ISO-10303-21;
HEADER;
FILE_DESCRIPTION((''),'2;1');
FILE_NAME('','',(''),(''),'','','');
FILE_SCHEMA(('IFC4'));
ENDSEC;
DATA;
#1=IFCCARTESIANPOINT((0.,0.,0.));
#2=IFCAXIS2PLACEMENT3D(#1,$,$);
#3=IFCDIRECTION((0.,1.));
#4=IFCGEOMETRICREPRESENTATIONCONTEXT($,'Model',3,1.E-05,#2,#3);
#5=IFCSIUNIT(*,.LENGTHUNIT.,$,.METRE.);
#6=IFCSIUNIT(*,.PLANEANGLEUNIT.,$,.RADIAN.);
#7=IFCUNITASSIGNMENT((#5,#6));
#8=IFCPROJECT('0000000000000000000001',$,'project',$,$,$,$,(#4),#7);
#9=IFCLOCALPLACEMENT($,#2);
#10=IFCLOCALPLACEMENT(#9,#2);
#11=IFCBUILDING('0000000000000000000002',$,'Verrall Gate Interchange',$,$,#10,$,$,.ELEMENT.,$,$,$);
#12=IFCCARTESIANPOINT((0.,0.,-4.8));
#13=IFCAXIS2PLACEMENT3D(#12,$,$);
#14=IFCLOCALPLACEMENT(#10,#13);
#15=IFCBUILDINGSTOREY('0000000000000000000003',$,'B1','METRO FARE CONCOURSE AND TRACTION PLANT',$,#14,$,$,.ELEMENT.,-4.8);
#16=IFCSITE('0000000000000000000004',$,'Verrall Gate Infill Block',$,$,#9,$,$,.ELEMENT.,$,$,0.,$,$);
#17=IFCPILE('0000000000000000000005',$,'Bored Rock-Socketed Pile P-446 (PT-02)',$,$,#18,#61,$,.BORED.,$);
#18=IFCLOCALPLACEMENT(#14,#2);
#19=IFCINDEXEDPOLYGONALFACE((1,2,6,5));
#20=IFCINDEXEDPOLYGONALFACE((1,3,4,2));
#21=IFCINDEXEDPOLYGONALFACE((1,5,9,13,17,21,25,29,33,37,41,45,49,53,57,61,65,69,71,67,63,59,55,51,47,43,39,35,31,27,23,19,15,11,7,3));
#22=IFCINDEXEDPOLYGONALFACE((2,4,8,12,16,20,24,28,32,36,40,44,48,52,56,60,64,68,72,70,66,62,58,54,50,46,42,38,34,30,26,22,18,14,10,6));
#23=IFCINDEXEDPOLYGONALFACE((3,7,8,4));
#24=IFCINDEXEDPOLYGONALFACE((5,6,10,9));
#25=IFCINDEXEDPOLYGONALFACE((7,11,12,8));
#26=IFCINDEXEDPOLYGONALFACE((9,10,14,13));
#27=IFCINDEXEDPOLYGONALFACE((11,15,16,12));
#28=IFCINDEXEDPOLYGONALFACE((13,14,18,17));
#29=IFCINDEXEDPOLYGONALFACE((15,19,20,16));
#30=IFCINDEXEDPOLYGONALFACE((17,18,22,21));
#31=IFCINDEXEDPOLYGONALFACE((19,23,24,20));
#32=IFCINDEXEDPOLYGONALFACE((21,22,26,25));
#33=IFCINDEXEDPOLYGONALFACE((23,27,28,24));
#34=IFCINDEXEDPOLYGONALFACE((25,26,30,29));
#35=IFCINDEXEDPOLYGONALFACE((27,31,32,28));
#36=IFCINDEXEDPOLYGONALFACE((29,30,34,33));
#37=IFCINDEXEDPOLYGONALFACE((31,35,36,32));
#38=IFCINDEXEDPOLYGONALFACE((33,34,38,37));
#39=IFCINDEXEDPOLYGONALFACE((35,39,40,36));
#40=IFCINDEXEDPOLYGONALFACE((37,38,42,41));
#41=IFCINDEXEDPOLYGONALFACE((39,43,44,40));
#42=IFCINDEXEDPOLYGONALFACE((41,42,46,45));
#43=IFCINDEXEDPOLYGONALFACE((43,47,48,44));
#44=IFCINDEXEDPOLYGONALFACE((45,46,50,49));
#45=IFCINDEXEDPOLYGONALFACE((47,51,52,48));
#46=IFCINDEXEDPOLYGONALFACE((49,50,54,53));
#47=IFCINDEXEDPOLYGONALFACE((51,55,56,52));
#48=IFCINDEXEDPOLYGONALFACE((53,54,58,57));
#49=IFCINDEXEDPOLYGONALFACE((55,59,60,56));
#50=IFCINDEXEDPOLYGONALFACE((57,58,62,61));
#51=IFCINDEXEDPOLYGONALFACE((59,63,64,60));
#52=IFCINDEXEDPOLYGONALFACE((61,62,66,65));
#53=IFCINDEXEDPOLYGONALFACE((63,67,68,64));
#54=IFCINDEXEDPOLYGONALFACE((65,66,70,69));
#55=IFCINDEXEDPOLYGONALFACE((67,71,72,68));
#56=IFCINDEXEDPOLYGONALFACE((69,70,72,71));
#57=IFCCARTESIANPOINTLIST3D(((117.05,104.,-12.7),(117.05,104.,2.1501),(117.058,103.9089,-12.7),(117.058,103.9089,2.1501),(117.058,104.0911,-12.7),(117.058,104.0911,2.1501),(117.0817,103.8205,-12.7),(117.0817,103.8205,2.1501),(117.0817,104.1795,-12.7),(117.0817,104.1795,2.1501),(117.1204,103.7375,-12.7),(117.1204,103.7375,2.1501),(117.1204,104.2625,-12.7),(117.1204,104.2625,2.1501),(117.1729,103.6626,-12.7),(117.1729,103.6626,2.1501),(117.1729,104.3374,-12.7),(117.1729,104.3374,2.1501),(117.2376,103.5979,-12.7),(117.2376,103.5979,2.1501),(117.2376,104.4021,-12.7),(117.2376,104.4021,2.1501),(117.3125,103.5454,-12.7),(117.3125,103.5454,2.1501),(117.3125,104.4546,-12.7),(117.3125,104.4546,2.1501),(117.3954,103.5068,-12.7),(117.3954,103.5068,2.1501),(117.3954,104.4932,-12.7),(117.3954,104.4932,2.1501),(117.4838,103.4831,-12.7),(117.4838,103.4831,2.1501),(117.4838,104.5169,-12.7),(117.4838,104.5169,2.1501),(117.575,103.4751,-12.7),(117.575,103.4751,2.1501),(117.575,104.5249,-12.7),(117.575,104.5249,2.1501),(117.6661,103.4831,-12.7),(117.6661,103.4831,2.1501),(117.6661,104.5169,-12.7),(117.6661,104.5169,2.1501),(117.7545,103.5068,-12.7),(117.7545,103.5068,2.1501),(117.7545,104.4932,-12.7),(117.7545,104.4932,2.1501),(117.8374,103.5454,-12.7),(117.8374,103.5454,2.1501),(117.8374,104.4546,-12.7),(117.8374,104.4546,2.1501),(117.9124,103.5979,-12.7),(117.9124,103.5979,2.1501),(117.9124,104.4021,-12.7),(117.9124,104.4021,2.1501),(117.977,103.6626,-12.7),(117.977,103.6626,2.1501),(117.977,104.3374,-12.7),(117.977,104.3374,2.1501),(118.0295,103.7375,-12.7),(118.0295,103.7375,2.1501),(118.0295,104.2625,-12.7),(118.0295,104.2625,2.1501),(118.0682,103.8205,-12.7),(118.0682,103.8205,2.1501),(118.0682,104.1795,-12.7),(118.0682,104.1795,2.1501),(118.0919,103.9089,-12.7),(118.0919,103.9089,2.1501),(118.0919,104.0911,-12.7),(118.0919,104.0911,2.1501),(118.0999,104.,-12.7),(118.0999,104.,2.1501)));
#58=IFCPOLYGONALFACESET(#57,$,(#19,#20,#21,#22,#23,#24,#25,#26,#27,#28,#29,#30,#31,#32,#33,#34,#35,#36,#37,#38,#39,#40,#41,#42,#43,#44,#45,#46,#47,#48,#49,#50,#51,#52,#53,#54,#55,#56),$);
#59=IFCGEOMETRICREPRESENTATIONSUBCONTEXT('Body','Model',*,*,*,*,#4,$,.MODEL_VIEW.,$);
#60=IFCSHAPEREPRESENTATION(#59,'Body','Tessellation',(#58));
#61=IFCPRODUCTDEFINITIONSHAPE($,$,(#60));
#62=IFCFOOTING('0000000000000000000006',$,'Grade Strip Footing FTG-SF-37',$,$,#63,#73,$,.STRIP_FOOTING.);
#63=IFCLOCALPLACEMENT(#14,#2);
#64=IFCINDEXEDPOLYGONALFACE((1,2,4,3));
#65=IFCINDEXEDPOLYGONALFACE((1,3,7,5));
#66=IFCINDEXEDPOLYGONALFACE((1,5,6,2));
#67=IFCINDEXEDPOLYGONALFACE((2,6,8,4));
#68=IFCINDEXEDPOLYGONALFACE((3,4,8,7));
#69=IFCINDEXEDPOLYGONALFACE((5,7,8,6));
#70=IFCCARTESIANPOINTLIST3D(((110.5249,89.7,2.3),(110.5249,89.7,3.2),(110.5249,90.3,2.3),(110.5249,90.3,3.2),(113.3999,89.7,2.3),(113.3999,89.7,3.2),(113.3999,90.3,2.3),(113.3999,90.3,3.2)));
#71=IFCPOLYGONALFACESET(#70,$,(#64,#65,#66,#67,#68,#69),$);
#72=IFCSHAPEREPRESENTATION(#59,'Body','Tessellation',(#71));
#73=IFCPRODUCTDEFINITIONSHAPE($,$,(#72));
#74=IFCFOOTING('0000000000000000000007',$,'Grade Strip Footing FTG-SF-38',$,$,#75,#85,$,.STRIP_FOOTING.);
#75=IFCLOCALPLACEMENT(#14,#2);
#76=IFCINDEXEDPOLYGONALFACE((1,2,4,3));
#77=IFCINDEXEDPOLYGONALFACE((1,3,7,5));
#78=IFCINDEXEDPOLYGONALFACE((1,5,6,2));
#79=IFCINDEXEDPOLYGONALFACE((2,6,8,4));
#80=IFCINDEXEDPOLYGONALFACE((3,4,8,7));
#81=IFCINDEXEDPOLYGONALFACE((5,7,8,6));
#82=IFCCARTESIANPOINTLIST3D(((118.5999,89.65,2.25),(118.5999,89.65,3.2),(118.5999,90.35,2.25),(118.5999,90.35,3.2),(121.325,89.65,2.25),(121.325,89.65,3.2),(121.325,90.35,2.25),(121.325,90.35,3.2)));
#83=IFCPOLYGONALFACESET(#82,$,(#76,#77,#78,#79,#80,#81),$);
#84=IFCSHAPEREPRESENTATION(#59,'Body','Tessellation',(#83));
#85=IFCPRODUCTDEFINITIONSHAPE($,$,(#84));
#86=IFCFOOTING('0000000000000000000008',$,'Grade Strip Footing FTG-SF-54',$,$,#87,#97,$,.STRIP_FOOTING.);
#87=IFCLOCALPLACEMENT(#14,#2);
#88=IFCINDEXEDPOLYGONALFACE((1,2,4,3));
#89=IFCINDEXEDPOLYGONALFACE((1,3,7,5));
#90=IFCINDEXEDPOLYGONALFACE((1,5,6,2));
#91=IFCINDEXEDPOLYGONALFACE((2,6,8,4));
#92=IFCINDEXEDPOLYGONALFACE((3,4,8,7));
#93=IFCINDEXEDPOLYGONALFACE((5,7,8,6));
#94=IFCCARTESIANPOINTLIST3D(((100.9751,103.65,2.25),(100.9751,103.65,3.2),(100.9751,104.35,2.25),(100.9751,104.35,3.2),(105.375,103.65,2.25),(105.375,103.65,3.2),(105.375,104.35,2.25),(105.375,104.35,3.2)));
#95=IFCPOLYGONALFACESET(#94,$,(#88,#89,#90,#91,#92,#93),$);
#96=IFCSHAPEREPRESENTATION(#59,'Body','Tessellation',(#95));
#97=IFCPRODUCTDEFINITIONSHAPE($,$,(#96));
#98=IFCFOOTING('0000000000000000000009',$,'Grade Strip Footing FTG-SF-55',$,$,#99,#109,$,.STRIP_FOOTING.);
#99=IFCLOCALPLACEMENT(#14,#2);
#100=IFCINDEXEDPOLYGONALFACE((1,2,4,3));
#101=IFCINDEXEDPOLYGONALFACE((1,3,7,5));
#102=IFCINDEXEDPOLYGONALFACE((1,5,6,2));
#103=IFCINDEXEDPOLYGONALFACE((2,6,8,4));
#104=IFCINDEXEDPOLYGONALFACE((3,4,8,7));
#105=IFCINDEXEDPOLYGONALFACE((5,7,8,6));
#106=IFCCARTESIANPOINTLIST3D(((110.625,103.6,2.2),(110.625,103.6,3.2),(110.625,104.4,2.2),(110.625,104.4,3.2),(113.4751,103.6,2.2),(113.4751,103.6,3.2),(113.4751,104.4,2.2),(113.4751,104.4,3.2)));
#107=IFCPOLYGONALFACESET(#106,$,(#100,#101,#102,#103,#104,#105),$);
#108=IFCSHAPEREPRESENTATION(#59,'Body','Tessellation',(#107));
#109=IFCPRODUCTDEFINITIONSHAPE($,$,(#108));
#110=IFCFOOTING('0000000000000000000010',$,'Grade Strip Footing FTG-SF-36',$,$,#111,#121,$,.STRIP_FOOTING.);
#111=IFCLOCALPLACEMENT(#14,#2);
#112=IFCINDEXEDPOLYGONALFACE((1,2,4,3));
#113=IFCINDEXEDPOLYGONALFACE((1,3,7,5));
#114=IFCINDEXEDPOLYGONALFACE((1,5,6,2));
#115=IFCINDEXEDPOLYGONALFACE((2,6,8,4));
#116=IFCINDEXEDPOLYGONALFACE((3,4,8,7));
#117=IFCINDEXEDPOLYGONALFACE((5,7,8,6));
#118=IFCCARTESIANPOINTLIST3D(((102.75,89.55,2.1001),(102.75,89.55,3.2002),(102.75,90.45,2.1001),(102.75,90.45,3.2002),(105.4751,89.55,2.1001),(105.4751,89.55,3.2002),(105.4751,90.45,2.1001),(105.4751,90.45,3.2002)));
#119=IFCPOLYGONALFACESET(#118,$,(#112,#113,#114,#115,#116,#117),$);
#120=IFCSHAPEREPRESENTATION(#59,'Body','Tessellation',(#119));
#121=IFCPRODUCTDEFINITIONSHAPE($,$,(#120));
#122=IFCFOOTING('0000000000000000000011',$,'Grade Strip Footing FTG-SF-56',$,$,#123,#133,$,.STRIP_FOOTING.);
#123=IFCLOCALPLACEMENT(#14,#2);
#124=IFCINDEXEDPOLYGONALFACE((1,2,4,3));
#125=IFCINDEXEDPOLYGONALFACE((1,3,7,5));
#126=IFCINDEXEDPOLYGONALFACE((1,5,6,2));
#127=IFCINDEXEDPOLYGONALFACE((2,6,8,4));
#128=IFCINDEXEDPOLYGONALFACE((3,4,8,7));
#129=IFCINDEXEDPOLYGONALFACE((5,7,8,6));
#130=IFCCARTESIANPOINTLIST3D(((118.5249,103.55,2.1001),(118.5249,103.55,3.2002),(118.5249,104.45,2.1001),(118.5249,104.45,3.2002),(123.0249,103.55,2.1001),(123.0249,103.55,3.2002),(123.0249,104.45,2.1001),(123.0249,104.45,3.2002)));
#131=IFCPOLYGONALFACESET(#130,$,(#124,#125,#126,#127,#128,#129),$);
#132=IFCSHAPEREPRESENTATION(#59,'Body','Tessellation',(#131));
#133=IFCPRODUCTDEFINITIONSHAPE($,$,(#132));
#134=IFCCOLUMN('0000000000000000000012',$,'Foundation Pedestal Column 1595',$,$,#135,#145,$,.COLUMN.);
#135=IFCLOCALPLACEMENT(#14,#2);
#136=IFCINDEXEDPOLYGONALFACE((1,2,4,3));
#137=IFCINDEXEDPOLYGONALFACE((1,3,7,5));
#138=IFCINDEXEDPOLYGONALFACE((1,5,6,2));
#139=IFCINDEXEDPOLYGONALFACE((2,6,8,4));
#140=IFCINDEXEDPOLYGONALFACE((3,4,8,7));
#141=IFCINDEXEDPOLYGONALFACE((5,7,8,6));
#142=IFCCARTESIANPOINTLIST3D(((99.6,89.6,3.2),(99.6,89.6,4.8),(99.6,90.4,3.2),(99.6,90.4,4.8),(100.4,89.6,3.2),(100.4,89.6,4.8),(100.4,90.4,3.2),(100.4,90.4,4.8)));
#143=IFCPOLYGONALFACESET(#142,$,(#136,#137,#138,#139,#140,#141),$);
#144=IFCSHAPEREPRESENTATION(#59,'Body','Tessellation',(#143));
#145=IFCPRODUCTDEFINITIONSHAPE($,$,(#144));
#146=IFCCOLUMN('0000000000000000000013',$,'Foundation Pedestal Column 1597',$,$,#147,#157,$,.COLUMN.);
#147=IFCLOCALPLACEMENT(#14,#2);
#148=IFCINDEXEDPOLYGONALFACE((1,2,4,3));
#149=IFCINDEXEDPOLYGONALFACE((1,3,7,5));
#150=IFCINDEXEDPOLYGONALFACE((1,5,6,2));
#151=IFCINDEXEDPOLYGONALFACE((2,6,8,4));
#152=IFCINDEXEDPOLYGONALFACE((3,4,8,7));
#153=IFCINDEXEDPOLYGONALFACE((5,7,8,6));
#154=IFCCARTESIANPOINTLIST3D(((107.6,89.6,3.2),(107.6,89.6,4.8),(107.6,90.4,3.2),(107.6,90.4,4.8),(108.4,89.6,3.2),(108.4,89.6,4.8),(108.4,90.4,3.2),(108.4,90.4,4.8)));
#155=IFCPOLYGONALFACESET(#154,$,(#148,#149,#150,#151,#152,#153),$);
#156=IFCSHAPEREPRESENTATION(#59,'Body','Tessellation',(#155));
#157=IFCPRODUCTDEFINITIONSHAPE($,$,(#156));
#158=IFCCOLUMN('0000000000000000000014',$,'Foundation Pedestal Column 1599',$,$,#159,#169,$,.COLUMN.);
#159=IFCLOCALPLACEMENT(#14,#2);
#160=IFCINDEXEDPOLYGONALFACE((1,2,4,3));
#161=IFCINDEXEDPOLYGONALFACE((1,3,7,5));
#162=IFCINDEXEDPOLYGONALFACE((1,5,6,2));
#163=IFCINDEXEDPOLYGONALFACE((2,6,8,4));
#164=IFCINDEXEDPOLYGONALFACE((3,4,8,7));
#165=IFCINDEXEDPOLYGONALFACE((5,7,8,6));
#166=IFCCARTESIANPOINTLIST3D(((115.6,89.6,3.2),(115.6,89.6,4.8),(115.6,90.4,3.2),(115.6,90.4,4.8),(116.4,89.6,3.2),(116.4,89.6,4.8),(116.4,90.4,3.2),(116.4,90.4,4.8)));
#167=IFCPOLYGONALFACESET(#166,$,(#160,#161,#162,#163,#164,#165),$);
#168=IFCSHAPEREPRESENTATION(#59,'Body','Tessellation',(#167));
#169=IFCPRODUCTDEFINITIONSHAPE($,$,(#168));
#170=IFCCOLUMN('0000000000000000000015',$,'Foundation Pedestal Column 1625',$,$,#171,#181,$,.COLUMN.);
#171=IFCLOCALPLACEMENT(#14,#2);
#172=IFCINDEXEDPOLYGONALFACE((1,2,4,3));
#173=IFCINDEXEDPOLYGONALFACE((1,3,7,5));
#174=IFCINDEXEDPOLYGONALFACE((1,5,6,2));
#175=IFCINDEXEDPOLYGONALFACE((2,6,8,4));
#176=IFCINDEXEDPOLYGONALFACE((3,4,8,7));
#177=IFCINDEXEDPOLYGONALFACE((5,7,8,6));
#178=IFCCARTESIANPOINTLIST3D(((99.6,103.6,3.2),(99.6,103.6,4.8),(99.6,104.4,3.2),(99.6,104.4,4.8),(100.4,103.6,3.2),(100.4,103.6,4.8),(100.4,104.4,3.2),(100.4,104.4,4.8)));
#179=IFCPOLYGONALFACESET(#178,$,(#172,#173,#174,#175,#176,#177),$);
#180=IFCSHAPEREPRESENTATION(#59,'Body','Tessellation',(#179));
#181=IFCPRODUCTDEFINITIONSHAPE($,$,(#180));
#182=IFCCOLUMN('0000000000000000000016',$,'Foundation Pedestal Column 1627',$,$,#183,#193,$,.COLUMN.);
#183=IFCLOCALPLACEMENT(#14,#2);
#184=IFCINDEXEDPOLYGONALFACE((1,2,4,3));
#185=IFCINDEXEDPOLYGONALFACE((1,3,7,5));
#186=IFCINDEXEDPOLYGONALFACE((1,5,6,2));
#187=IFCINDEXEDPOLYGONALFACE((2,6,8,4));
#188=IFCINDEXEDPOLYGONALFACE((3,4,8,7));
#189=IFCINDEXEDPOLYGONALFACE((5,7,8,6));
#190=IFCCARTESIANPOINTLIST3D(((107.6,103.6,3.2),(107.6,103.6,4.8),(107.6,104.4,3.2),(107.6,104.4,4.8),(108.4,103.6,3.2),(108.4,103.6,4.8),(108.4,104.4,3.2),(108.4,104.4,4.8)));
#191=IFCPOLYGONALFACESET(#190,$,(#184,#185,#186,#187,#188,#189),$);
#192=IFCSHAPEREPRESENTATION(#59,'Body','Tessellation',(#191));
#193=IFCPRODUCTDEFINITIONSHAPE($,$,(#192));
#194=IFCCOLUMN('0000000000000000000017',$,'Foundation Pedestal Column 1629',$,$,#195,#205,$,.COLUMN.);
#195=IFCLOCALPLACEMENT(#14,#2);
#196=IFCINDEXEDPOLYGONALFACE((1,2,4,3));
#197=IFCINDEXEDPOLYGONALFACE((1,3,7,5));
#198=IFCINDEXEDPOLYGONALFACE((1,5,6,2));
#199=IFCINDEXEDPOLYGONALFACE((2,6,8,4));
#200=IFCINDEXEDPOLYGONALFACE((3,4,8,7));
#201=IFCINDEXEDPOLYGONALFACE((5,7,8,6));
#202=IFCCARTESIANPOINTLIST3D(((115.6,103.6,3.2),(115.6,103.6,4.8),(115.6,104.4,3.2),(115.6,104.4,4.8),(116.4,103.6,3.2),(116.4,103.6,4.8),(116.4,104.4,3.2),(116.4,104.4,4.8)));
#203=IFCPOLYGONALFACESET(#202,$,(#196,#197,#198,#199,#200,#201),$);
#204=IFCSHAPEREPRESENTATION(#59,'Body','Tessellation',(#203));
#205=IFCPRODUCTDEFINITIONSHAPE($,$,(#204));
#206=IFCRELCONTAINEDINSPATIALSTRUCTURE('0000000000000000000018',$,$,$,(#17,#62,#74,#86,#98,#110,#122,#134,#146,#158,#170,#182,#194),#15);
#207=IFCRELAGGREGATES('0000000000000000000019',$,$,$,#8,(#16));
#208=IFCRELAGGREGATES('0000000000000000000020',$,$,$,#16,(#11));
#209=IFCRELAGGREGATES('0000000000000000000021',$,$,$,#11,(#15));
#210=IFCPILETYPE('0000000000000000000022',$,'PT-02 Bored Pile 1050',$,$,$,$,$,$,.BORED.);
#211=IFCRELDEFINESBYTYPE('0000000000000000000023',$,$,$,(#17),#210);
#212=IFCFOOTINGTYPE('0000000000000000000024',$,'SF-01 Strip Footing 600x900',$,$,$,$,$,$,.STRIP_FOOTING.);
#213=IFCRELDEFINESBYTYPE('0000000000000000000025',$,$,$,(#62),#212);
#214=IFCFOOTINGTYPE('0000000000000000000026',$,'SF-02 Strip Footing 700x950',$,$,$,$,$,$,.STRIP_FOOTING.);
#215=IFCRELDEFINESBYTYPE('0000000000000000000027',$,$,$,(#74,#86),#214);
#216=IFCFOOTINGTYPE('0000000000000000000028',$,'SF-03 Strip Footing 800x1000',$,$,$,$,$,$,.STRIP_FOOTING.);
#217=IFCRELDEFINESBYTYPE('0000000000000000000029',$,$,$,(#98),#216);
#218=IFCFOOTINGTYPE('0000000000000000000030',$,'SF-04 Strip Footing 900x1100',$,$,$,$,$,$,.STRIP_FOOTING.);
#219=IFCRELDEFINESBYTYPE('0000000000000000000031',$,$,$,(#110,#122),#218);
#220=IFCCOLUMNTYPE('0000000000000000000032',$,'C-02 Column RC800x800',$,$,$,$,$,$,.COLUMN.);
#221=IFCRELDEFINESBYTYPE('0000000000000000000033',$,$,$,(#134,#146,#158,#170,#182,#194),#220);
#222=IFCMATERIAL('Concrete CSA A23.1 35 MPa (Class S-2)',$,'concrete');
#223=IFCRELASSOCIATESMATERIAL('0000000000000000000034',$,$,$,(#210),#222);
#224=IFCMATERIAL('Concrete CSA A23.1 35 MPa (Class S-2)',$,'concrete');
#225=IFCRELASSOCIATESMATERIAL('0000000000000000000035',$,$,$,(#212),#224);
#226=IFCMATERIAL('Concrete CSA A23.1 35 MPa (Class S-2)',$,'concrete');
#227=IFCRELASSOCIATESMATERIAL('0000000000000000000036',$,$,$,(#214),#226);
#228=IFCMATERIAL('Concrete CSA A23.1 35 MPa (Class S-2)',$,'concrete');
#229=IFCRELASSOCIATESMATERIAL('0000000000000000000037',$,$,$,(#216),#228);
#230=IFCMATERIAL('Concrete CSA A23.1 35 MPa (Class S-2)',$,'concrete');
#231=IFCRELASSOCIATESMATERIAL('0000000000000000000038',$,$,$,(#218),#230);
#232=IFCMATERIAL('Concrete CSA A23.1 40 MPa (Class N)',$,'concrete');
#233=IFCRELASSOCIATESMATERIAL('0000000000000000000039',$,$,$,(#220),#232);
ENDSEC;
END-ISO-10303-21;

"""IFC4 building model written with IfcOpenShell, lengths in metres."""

from ifc_helpers import new_model, si_unit, direction, frame, origin, origin_2d, place, context, subcontext, project, spatial, rectangle, circle, extrude, material, material_profile, profile_set, type_object, element, save


model = new_model("IFC4")

# Units and contexts
model_context = context("Model", 3, precision=1e-05, world=origin(), true_north=direction((0.0, 1.0)))
body_context = subcontext(model_context, "Body", "Model", "MODEL_VIEW")
ifc_project = project(units=[si_unit("LENGTHUNIT", "METRE"), si_unit("PLANEANGLEUNIT", "RADIAN")], contexts=[model_context])

# Site, building, storey
site_placement = place(None, origin())
site = spatial("IfcSite", under=ifc_project, at=site_placement, Name="Verrall Gate Infill Block", CompositionType="ELEMENT", RefElevation=0.0)
building_placement = place(site_placement, origin())
building = spatial("IfcBuilding", under=site, at=building_placement, Name="Verrall Gate Interchange", CompositionType="ELEMENT")
storey_placement = place(building_placement, frame((0.0, 0.0, -4.8)))
storey = spatial("IfcBuildingStorey", under=building, at=storey_placement, Name="B1", Description="METRO FARE CONCOURSE AND TRACTION PLANT", CompositionType="ELEMENT", Elevation=-4.8)

# Pile
ifc_material_1 = material(Name="Concrete CSA A23.1 35 MPa (Class S-2)", Category="concrete")
ifc_material_profile_1 = material_profile(ifc_material_1, circle(Radius=0.5249, at=origin_2d()), Name="PILE1050D")
ifc_profile_set_1 = profile_set([ifc_material_profile_1], Name="Concrete CSA A23.1 35 MPa (Class S-2)")
pile_type = type_object("IfcPileType", Name="PT-02 Bored Pile 1050", PredefinedType="BORED", material=ifc_profile_set_1)
for number, where, z_axis, x_axis, name in (
    (1, (117.575, 104.0, 2.1501), (0.0, 0.0, -1.0), (1.0, 0.0, 0.0), "Bored Rock-Socketed Pile P-446 (PT-02)"),
):
    element("IfcPile", number, at=place(storey_placement, frame(where, z_axis=z_axis, x_axis=x_axis)), inside=storey, type_object=pile_type, Name=name, PredefinedType="BORED", context=body_context, shape_type="SweptSolid", body=[
        extrude(circle(Radius=0.5249, at=origin_2d()), origin(), (0.0, 0.0, 1.0), 14.8501),
    ])

# Footings
ifc_material_2 = material(Name="Concrete CSA A23.1 35 MPa (Class S-2)", Category="concrete")
footing_type_1 = type_object("IfcFootingType", Name="SF-01 Strip Footing 600x900", PredefinedType="STRIP_FOOTING", material=ifc_material_2)
footing_1_placement = place(storey_placement, frame((111.9624, 90.0, 2.3), z_axis=(0.0, 0.0, 1.0), x_axis=(1.0, 0.0, 0.0)))
element("IfcFooting", 2, at=footing_1_placement, inside=storey, type_object=footing_type_1, Name="Grade Strip Footing FTG-SF-37", PredefinedType="STRIP_FOOTING", context=body_context, shape_type="SweptSolid", body=[
    extrude(rectangle(XDim=2.875, YDim=0.6001, at=origin_2d()), origin(), (0.0, 0.0, 1.0), 0.8999),
])
ifc_material_3 = material(Name="Concrete CSA A23.1 35 MPa (Class S-2)", Category="concrete")
footing_type_2 = type_object("IfcFootingType", Name="SF-02 Strip Footing 700x950", PredefinedType="STRIP_FOOTING", material=ifc_material_3)
footing_2_placement = place(storey_placement, frame((119.9624, 90.0, 2.25), z_axis=(0.0, 0.0, 1.0), x_axis=(1.0, 0.0, 0.0)))
element("IfcFooting", 3, at=footing_2_placement, inside=storey, type_object=footing_type_2, Name="Grade Strip Footing FTG-SF-38", PredefinedType="STRIP_FOOTING", context=body_context, shape_type="SweptSolid", body=[
    extrude(rectangle(XDim=2.7251, YDim=0.7, at=origin_2d()), origin(), (0.0, 0.0, 1.0), 0.95),
])
footing_3_placement = place(storey_placement, frame((103.175, 104.0, 2.25), z_axis=(0.0, 0.0, 1.0), x_axis=(1.0, 0.0, 0.0)))
element("IfcFooting", 4, at=footing_3_placement, inside=storey, type_object=footing_type_2, Name="Grade Strip Footing FTG-SF-54", PredefinedType="STRIP_FOOTING", context=body_context, shape_type="SweptSolid", body=[
    extrude(rectangle(XDim=4.3999, YDim=0.7, at=origin_2d()), origin(), (0.0, 0.0, 1.0), 0.95),
])
ifc_material_4 = material(Name="Concrete CSA A23.1 35 MPa (Class S-2)", Category="concrete")
footing_type_3 = type_object("IfcFootingType", Name="SF-03 Strip Footing 800x1000", PredefinedType="STRIP_FOOTING", material=ifc_material_4)
footing_4_placement = place(storey_placement, frame((112.05, 104.0, 2.2), z_axis=(0.0, 0.0, 1.0), x_axis=(1.0, 0.0, 0.0)))
element("IfcFooting", 5, at=footing_4_placement, inside=storey, type_object=footing_type_3, Name="Grade Strip Footing FTG-SF-55", PredefinedType="STRIP_FOOTING", context=body_context, shape_type="SweptSolid", body=[
    extrude(rectangle(XDim=2.8501, YDim=0.8, at=origin_2d()), origin(), (0.0, 0.0, 1.0), 1.0),
])
ifc_material_5 = material(Name="Concrete CSA A23.1 35 MPa (Class S-2)", Category="concrete")
footing_type_4 = type_object("IfcFootingType", Name="SF-04 Strip Footing 900x1100", PredefinedType="STRIP_FOOTING", material=ifc_material_5)
footing_5_placement = place(storey_placement, frame((104.1125, 90.0, 2.1001), z_axis=(0.0, 0.0, 1.0), x_axis=(1.0, 0.0, 0.0)))
element("IfcFooting", 6, at=footing_5_placement, inside=storey, type_object=footing_type_4, Name="Grade Strip Footing FTG-SF-36", PredefinedType="STRIP_FOOTING", context=body_context, shape_type="SweptSolid", body=[
    extrude(rectangle(XDim=2.7251, YDim=0.8999, at=origin_2d()), origin(), (0.0, 0.0, 1.0), 1.1001),
])
footing_6_placement = place(storey_placement, frame((120.7749, 104.0, 2.1001), z_axis=(0.0, 0.0, 1.0), x_axis=(1.0, 0.0, 0.0)))
element("IfcFooting", 7, at=footing_6_placement, inside=storey, type_object=footing_type_4, Name="Grade Strip Footing FTG-SF-56", PredefinedType="STRIP_FOOTING", context=body_context, shape_type="SweptSolid", body=[
    extrude(rectangle(XDim=4.5, YDim=0.8999, at=origin_2d()), origin(), (0.0, 0.0, 1.0), 1.1001),
])

# Columns
ifc_material_6 = material(Name="Concrete CSA A23.1 40 MPa (Class N)", Category="concrete")
ifc_material_profile_2 = material_profile(ifc_material_6, rectangle(XDim=0.8, YDim=0.8, at=origin_2d()), Name="RC800x800")
ifc_profile_set_2 = profile_set([ifc_material_profile_2], Name="Concrete CSA A23.1 40 MPa (Class N)")
column_type = type_object("IfcColumnType", Name="C-02 Column RC800x800", PredefinedType="COLUMN", material=ifc_profile_set_2)
for number, where, z_axis, x_axis, name in (
    (8, (100.0, 90.0, 3.2), (0.0, 0.0, 1.0), (1.0, 0.0, 0.0), "Foundation Pedestal Column 1595"),
    (9, (108.0, 90.0, 3.2), (0.0, 0.0, 1.0), (1.0, 0.0, 0.0), "Foundation Pedestal Column 1597"),
    (10, (116.0, 90.0, 3.2), (0.0, 0.0, 1.0), (1.0, 0.0, 0.0), "Foundation Pedestal Column 1599"),
    (11, (100.0, 104.0, 3.2), (0.0, 0.0, 1.0), (1.0, 0.0, 0.0), "Foundation Pedestal Column 1625"),
    (12, (108.0, 104.0, 3.2), (0.0, 0.0, 1.0), (1.0, 0.0, 0.0), "Foundation Pedestal Column 1627"),
    (13, (116.0, 104.0, 3.2), (0.0, 0.0, 1.0), (1.0, 0.0, 0.0), "Foundation Pedestal Column 1629"),
):
    element("IfcColumn", number, at=place(storey_placement, frame(where, z_axis=z_axis, x_axis=x_axis)), inside=storey, type_object=column_type, Name=name, PredefinedType="COLUMN", context=body_context, shape_type="SweptSolid", body=[
        extrude(rectangle(XDim=0.8, YDim=0.8, at=origin_2d()), origin(), (0.0, 0.0, 1.0), 1.6001),
    ])

save(model, "model.ifc")
